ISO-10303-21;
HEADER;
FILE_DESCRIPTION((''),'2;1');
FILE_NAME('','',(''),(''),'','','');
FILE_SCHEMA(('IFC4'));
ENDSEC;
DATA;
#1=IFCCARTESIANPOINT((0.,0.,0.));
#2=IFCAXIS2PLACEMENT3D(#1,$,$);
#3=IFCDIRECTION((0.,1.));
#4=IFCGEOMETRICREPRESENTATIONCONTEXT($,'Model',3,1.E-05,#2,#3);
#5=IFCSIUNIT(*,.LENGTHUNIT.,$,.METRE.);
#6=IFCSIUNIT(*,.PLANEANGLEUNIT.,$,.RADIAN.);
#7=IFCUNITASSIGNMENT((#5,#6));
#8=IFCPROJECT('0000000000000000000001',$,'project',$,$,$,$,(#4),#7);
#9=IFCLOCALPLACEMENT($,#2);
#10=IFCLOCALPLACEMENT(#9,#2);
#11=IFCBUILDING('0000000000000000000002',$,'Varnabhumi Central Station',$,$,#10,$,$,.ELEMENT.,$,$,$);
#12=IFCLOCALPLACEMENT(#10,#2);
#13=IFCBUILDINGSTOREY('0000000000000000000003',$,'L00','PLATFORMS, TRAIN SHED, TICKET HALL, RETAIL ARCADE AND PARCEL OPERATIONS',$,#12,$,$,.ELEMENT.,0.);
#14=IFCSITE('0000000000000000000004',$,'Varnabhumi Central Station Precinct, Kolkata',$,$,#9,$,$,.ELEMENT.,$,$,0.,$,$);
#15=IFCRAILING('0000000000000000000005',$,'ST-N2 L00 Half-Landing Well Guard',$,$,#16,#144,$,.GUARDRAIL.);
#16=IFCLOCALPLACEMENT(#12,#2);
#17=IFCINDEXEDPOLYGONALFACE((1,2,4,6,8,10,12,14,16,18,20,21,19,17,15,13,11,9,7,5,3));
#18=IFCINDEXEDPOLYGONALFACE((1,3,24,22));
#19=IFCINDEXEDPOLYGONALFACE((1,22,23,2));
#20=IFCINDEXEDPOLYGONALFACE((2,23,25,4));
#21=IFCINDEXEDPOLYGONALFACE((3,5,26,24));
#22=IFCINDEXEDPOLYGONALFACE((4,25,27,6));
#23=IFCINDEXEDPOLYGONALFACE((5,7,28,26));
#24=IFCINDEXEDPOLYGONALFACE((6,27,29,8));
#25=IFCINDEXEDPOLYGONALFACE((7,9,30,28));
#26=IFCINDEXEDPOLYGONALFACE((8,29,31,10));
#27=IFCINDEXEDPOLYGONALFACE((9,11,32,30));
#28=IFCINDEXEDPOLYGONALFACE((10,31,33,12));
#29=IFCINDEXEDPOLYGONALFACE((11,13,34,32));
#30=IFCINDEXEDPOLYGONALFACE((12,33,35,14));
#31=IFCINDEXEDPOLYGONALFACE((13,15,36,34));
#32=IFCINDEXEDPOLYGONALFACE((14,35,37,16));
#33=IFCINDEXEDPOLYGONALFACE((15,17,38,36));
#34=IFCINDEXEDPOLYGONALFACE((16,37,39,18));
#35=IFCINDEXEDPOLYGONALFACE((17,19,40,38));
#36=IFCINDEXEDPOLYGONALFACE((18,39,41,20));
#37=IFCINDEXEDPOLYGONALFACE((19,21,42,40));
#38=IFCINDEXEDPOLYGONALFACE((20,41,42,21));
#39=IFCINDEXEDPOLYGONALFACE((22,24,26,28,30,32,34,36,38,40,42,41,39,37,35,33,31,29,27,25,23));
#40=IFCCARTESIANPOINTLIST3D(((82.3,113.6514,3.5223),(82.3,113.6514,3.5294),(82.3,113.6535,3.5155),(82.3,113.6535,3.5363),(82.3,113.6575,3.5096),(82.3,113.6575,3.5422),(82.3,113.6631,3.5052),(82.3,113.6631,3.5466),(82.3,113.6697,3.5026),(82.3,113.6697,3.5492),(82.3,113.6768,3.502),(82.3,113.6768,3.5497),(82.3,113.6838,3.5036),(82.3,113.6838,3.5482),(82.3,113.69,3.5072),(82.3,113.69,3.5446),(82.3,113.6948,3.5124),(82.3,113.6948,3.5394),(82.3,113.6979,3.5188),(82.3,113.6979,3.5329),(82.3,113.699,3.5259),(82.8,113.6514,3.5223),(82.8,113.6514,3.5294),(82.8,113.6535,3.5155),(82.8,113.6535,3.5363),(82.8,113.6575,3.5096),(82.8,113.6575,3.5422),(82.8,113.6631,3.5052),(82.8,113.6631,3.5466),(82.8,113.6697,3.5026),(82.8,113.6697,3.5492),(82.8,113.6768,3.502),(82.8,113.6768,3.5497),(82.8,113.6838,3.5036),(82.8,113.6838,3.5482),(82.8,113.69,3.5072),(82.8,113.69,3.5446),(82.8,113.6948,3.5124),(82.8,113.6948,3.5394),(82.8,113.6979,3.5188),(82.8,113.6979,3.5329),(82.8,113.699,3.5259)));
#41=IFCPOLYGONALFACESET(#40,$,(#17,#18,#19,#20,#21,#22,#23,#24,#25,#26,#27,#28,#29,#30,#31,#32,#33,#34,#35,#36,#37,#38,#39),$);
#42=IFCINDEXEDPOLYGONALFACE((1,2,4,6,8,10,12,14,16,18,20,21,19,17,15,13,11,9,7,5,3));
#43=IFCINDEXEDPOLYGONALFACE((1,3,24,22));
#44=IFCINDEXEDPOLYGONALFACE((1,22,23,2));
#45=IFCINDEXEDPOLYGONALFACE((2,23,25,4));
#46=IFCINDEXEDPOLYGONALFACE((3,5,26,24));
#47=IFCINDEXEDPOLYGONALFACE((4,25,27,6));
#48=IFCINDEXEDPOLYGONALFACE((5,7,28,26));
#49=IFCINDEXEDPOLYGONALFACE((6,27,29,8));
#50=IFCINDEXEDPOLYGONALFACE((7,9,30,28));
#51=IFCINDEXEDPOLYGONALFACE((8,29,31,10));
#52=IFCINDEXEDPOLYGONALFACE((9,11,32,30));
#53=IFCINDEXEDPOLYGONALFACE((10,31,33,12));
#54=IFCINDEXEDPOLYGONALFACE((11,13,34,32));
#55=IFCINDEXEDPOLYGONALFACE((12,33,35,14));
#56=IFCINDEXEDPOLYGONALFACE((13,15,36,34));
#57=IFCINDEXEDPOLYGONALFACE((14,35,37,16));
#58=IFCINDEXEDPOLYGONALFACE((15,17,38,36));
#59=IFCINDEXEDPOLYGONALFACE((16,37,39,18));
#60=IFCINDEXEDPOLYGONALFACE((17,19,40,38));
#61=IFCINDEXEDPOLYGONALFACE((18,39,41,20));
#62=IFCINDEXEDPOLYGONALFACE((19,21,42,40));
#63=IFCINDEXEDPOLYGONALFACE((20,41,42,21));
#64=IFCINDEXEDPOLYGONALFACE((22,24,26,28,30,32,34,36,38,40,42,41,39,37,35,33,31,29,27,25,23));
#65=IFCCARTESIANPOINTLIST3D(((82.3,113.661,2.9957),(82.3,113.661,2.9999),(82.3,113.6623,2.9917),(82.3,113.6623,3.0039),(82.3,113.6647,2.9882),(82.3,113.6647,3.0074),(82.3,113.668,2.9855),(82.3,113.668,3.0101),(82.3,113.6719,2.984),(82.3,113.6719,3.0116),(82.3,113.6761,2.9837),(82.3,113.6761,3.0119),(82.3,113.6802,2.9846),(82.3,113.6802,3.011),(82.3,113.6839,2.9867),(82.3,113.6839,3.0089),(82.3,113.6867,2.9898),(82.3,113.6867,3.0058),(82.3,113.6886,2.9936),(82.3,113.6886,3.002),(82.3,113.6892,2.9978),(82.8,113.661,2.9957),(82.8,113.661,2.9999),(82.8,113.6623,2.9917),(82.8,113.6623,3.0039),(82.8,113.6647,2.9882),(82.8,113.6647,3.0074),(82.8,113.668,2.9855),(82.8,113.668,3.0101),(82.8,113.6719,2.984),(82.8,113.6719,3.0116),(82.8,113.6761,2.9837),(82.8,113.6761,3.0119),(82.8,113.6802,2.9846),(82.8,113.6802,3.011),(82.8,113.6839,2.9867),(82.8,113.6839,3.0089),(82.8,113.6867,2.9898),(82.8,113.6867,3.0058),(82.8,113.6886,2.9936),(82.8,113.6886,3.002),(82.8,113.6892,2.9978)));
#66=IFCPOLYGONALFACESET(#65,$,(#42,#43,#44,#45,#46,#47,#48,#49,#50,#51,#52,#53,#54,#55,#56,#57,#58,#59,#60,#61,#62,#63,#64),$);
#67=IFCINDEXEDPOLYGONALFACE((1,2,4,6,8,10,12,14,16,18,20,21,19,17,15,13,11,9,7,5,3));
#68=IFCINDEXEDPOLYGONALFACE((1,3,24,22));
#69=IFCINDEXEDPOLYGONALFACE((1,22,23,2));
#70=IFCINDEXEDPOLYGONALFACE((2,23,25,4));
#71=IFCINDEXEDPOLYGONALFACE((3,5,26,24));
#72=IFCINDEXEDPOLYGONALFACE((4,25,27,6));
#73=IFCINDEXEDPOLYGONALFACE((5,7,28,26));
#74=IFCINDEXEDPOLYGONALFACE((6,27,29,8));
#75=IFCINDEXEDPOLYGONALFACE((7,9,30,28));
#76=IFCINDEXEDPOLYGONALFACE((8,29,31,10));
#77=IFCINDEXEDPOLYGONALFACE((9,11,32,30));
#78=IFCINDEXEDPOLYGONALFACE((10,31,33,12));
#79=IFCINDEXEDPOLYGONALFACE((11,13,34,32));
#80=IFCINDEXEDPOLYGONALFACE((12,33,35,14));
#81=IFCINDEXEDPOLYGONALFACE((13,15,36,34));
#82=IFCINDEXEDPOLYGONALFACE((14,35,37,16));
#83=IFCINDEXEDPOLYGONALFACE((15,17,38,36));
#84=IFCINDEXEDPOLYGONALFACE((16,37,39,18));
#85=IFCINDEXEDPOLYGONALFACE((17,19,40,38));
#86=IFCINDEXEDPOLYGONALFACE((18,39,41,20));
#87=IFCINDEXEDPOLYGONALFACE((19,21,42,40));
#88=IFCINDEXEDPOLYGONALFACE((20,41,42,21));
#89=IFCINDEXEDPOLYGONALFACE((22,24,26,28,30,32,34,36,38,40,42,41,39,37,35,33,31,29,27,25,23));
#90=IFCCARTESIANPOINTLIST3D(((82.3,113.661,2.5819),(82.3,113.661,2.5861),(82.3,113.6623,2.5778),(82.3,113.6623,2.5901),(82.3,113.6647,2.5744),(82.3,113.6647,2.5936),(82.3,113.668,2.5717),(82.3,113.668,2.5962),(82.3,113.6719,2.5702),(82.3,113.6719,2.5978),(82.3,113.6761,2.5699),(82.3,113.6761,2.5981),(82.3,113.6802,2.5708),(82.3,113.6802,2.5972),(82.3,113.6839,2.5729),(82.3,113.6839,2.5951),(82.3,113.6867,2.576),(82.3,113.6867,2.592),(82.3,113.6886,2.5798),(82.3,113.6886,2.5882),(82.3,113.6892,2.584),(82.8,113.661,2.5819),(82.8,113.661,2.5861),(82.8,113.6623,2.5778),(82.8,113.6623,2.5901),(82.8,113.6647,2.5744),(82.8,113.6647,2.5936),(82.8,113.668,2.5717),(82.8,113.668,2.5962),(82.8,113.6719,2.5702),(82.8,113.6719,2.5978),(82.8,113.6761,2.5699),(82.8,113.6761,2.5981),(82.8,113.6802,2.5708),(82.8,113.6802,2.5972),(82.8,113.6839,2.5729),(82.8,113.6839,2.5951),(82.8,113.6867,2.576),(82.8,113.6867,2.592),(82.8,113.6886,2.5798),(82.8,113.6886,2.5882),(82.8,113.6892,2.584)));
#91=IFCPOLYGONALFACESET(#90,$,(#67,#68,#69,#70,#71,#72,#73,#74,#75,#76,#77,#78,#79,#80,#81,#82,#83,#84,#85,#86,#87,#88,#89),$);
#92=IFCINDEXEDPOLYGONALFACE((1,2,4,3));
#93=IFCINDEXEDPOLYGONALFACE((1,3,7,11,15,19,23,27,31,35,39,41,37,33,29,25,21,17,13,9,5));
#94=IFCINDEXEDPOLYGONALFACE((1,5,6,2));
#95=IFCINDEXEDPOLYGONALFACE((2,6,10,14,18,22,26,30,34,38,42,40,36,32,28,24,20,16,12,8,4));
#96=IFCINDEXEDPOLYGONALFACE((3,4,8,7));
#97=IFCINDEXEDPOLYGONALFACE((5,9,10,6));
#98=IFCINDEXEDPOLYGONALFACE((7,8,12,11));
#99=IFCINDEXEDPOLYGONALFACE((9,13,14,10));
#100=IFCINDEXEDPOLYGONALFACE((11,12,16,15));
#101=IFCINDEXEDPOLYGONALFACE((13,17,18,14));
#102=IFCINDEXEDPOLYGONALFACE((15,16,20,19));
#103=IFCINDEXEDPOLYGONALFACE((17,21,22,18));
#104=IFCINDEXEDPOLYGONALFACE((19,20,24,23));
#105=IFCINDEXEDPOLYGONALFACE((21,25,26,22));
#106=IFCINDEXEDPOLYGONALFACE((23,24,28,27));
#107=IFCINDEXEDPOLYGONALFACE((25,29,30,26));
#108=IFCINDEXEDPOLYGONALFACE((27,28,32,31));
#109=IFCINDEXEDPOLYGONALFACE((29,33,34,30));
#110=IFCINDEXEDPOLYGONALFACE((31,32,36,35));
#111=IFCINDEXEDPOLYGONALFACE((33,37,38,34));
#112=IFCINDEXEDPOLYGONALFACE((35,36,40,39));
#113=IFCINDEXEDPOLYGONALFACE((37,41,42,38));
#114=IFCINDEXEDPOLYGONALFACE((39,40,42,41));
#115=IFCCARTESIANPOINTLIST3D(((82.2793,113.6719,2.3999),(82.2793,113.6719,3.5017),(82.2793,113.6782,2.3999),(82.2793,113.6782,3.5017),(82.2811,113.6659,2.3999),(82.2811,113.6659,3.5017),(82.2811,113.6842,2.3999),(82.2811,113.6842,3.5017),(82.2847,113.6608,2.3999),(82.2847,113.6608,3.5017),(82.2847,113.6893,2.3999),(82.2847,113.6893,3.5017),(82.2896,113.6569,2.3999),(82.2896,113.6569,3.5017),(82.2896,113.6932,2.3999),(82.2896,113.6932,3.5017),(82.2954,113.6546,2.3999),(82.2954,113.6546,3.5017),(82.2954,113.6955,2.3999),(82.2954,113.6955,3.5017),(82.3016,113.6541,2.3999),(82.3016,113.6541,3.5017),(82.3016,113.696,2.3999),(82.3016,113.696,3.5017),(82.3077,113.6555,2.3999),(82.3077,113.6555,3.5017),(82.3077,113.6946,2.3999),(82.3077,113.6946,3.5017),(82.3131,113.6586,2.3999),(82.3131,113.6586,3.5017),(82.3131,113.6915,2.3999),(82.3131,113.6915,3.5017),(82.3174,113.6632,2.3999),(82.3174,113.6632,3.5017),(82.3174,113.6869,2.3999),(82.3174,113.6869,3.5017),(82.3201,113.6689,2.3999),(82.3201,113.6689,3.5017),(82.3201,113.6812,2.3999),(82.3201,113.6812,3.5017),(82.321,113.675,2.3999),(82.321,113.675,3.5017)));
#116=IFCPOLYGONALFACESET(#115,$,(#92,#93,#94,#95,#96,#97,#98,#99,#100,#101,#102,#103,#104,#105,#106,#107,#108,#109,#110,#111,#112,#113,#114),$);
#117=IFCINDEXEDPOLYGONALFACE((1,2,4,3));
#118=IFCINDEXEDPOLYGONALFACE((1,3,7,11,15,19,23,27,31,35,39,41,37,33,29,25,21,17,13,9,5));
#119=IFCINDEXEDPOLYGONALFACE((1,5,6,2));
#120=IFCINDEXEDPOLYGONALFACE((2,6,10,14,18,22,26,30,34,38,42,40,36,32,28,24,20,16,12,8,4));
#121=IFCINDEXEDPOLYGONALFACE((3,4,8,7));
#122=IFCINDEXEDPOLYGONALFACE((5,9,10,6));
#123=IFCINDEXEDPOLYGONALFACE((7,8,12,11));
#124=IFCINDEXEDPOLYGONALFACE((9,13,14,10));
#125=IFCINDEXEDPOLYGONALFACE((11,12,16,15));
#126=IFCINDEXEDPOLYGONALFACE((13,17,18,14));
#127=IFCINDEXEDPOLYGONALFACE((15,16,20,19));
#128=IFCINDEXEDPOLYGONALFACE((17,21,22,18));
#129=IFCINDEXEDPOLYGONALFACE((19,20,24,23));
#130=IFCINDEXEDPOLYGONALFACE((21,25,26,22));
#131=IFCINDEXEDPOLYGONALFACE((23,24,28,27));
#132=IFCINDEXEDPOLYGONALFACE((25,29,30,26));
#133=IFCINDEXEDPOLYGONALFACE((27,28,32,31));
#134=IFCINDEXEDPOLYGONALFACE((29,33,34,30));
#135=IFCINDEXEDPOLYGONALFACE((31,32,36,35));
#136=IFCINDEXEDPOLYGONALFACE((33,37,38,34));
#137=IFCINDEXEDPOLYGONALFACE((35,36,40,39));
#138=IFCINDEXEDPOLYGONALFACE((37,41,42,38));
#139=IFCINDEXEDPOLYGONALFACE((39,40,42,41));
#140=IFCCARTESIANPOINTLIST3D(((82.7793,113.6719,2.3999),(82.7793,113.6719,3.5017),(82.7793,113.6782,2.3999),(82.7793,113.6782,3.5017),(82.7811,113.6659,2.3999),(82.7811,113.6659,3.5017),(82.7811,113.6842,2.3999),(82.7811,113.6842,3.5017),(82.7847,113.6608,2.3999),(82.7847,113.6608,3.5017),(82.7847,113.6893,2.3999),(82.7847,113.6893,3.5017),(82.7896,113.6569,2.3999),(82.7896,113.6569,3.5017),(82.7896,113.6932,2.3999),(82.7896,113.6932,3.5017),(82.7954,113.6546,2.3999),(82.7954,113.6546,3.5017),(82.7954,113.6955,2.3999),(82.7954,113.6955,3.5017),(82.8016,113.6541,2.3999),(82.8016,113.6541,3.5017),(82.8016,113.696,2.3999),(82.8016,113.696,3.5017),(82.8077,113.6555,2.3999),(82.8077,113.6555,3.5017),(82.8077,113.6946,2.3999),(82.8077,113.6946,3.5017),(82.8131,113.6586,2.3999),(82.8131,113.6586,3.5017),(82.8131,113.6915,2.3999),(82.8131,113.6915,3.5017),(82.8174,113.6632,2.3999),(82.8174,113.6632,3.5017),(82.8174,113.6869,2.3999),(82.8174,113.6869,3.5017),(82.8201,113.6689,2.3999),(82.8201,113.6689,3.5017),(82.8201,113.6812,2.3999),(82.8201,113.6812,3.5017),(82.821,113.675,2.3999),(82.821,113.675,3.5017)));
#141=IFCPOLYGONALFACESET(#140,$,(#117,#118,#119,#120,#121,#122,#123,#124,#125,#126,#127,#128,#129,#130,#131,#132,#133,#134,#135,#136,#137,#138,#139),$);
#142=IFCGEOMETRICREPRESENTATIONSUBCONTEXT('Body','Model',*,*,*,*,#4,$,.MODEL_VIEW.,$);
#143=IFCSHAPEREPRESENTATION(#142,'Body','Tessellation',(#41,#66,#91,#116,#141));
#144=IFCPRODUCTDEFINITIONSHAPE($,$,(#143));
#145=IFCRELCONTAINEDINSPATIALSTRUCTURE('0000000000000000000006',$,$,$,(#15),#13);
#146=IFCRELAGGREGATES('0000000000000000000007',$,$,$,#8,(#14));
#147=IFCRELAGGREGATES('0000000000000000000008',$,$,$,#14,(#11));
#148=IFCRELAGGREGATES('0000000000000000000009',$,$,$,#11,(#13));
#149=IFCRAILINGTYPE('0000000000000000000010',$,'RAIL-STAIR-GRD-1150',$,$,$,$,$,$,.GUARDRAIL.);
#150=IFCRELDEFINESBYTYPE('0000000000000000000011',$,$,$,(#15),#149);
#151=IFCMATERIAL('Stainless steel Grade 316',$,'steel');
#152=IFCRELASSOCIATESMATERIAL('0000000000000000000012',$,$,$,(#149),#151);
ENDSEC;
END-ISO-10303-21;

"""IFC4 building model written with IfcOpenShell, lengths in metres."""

from ifc_helpers import new_model, si_unit, direction, frame, origin, origin_2d, place, context, subcontext, project, spatial, circle, extrude, material, type_object, element, save


model = new_model("IFC4")

# Units and contexts
model_context = context("Model", 3, precision=1e-05, world=origin(), true_north=direction((0.0, 1.0)))
body_context = subcontext(model_context, "Body", "Model", "MODEL_VIEW")
ifc_project = project(units=[si_unit("LENGTHUNIT", "METRE"), si_unit("PLANEANGLEUNIT", "RADIAN")], contexts=[model_context])

# Site, building, storey
site_placement = place(None, origin())
site = spatial("IfcSite", under=ifc_project, at=site_placement, Name="Varnabhumi Central Station Precinct, Kolkata", CompositionType="ELEMENT", RefElevation=0.0)
building_placement = place(site_placement, origin())
building = spatial("IfcBuilding", under=site, at=building_placement, Name="Varnabhumi Central Station", CompositionType="ELEMENT")
storey_placement = place(building_placement, origin())
storey = spatial("IfcBuildingStorey", under=building, at=storey_placement, Name="L00", Description="PLATFORMS, TRAIN SHED, TICKET HALL, RETAIL ARCADE AND PARCEL OPERATIONS", CompositionType="ELEMENT", Elevation=0.0)

# Shared definitions
ifc_material_1 = material(Name="Stainless steel Grade 316", Category="steel")

# Railing
railing_type_1 = type_object("IfcRailingType", Name="RAIL-STAIR-GRD-1150", PredefinedType="GUARDRAIL", material=ifc_material_1)
for number, where, name in (
    (1, (82.3, 113.675, 2.3999), "ST-N2 L00 Half-Landing Well Guard"),
):
    element("IfcRailing", number, at=place(storey_placement, frame(where)), inside=storey, type_object=railing_type_1, Name=name, PredefinedType="GUARDRAIL", context=body_context, shape_type="SweptSolid", body=[
        extrude(circle(Radius=0.0239, at=origin_2d()), frame((0.0, 0.0, 1.126), z_axis=(1.0, 0.0, 0.0), x_axis=(0.0, 1.0, 0.0)), (0.0, 0.0, 1.0), 0.5),
        extrude(circle(Radius=0.0142, at=origin_2d()), frame((0.0, 0.0, 0.5979), z_axis=(1.0, 0.0, 0.0), x_axis=(0.0, 1.0, 0.0)), (0.0, 0.0, 1.0), 0.5),
        extrude(circle(Radius=0.0142, at=origin_2d()), frame((0.0, 0.0, 0.1841), z_axis=(1.0, 0.0, 0.0), x_axis=(0.0, 1.0, 0.0)), (0.0, 0.0, 1.0), 0.5),
        extrude(circle(Radius=0.021, at=origin_2d()), origin(), (0.0, 0.0, 1.0), 1.1018),
        extrude(circle(Radius=0.021, at=origin_2d()), frame((0.5, 0.0, 0.0)), (0.0, 0.0, 1.0), 1.1018),
    ])

save(model, "model.ifc")
